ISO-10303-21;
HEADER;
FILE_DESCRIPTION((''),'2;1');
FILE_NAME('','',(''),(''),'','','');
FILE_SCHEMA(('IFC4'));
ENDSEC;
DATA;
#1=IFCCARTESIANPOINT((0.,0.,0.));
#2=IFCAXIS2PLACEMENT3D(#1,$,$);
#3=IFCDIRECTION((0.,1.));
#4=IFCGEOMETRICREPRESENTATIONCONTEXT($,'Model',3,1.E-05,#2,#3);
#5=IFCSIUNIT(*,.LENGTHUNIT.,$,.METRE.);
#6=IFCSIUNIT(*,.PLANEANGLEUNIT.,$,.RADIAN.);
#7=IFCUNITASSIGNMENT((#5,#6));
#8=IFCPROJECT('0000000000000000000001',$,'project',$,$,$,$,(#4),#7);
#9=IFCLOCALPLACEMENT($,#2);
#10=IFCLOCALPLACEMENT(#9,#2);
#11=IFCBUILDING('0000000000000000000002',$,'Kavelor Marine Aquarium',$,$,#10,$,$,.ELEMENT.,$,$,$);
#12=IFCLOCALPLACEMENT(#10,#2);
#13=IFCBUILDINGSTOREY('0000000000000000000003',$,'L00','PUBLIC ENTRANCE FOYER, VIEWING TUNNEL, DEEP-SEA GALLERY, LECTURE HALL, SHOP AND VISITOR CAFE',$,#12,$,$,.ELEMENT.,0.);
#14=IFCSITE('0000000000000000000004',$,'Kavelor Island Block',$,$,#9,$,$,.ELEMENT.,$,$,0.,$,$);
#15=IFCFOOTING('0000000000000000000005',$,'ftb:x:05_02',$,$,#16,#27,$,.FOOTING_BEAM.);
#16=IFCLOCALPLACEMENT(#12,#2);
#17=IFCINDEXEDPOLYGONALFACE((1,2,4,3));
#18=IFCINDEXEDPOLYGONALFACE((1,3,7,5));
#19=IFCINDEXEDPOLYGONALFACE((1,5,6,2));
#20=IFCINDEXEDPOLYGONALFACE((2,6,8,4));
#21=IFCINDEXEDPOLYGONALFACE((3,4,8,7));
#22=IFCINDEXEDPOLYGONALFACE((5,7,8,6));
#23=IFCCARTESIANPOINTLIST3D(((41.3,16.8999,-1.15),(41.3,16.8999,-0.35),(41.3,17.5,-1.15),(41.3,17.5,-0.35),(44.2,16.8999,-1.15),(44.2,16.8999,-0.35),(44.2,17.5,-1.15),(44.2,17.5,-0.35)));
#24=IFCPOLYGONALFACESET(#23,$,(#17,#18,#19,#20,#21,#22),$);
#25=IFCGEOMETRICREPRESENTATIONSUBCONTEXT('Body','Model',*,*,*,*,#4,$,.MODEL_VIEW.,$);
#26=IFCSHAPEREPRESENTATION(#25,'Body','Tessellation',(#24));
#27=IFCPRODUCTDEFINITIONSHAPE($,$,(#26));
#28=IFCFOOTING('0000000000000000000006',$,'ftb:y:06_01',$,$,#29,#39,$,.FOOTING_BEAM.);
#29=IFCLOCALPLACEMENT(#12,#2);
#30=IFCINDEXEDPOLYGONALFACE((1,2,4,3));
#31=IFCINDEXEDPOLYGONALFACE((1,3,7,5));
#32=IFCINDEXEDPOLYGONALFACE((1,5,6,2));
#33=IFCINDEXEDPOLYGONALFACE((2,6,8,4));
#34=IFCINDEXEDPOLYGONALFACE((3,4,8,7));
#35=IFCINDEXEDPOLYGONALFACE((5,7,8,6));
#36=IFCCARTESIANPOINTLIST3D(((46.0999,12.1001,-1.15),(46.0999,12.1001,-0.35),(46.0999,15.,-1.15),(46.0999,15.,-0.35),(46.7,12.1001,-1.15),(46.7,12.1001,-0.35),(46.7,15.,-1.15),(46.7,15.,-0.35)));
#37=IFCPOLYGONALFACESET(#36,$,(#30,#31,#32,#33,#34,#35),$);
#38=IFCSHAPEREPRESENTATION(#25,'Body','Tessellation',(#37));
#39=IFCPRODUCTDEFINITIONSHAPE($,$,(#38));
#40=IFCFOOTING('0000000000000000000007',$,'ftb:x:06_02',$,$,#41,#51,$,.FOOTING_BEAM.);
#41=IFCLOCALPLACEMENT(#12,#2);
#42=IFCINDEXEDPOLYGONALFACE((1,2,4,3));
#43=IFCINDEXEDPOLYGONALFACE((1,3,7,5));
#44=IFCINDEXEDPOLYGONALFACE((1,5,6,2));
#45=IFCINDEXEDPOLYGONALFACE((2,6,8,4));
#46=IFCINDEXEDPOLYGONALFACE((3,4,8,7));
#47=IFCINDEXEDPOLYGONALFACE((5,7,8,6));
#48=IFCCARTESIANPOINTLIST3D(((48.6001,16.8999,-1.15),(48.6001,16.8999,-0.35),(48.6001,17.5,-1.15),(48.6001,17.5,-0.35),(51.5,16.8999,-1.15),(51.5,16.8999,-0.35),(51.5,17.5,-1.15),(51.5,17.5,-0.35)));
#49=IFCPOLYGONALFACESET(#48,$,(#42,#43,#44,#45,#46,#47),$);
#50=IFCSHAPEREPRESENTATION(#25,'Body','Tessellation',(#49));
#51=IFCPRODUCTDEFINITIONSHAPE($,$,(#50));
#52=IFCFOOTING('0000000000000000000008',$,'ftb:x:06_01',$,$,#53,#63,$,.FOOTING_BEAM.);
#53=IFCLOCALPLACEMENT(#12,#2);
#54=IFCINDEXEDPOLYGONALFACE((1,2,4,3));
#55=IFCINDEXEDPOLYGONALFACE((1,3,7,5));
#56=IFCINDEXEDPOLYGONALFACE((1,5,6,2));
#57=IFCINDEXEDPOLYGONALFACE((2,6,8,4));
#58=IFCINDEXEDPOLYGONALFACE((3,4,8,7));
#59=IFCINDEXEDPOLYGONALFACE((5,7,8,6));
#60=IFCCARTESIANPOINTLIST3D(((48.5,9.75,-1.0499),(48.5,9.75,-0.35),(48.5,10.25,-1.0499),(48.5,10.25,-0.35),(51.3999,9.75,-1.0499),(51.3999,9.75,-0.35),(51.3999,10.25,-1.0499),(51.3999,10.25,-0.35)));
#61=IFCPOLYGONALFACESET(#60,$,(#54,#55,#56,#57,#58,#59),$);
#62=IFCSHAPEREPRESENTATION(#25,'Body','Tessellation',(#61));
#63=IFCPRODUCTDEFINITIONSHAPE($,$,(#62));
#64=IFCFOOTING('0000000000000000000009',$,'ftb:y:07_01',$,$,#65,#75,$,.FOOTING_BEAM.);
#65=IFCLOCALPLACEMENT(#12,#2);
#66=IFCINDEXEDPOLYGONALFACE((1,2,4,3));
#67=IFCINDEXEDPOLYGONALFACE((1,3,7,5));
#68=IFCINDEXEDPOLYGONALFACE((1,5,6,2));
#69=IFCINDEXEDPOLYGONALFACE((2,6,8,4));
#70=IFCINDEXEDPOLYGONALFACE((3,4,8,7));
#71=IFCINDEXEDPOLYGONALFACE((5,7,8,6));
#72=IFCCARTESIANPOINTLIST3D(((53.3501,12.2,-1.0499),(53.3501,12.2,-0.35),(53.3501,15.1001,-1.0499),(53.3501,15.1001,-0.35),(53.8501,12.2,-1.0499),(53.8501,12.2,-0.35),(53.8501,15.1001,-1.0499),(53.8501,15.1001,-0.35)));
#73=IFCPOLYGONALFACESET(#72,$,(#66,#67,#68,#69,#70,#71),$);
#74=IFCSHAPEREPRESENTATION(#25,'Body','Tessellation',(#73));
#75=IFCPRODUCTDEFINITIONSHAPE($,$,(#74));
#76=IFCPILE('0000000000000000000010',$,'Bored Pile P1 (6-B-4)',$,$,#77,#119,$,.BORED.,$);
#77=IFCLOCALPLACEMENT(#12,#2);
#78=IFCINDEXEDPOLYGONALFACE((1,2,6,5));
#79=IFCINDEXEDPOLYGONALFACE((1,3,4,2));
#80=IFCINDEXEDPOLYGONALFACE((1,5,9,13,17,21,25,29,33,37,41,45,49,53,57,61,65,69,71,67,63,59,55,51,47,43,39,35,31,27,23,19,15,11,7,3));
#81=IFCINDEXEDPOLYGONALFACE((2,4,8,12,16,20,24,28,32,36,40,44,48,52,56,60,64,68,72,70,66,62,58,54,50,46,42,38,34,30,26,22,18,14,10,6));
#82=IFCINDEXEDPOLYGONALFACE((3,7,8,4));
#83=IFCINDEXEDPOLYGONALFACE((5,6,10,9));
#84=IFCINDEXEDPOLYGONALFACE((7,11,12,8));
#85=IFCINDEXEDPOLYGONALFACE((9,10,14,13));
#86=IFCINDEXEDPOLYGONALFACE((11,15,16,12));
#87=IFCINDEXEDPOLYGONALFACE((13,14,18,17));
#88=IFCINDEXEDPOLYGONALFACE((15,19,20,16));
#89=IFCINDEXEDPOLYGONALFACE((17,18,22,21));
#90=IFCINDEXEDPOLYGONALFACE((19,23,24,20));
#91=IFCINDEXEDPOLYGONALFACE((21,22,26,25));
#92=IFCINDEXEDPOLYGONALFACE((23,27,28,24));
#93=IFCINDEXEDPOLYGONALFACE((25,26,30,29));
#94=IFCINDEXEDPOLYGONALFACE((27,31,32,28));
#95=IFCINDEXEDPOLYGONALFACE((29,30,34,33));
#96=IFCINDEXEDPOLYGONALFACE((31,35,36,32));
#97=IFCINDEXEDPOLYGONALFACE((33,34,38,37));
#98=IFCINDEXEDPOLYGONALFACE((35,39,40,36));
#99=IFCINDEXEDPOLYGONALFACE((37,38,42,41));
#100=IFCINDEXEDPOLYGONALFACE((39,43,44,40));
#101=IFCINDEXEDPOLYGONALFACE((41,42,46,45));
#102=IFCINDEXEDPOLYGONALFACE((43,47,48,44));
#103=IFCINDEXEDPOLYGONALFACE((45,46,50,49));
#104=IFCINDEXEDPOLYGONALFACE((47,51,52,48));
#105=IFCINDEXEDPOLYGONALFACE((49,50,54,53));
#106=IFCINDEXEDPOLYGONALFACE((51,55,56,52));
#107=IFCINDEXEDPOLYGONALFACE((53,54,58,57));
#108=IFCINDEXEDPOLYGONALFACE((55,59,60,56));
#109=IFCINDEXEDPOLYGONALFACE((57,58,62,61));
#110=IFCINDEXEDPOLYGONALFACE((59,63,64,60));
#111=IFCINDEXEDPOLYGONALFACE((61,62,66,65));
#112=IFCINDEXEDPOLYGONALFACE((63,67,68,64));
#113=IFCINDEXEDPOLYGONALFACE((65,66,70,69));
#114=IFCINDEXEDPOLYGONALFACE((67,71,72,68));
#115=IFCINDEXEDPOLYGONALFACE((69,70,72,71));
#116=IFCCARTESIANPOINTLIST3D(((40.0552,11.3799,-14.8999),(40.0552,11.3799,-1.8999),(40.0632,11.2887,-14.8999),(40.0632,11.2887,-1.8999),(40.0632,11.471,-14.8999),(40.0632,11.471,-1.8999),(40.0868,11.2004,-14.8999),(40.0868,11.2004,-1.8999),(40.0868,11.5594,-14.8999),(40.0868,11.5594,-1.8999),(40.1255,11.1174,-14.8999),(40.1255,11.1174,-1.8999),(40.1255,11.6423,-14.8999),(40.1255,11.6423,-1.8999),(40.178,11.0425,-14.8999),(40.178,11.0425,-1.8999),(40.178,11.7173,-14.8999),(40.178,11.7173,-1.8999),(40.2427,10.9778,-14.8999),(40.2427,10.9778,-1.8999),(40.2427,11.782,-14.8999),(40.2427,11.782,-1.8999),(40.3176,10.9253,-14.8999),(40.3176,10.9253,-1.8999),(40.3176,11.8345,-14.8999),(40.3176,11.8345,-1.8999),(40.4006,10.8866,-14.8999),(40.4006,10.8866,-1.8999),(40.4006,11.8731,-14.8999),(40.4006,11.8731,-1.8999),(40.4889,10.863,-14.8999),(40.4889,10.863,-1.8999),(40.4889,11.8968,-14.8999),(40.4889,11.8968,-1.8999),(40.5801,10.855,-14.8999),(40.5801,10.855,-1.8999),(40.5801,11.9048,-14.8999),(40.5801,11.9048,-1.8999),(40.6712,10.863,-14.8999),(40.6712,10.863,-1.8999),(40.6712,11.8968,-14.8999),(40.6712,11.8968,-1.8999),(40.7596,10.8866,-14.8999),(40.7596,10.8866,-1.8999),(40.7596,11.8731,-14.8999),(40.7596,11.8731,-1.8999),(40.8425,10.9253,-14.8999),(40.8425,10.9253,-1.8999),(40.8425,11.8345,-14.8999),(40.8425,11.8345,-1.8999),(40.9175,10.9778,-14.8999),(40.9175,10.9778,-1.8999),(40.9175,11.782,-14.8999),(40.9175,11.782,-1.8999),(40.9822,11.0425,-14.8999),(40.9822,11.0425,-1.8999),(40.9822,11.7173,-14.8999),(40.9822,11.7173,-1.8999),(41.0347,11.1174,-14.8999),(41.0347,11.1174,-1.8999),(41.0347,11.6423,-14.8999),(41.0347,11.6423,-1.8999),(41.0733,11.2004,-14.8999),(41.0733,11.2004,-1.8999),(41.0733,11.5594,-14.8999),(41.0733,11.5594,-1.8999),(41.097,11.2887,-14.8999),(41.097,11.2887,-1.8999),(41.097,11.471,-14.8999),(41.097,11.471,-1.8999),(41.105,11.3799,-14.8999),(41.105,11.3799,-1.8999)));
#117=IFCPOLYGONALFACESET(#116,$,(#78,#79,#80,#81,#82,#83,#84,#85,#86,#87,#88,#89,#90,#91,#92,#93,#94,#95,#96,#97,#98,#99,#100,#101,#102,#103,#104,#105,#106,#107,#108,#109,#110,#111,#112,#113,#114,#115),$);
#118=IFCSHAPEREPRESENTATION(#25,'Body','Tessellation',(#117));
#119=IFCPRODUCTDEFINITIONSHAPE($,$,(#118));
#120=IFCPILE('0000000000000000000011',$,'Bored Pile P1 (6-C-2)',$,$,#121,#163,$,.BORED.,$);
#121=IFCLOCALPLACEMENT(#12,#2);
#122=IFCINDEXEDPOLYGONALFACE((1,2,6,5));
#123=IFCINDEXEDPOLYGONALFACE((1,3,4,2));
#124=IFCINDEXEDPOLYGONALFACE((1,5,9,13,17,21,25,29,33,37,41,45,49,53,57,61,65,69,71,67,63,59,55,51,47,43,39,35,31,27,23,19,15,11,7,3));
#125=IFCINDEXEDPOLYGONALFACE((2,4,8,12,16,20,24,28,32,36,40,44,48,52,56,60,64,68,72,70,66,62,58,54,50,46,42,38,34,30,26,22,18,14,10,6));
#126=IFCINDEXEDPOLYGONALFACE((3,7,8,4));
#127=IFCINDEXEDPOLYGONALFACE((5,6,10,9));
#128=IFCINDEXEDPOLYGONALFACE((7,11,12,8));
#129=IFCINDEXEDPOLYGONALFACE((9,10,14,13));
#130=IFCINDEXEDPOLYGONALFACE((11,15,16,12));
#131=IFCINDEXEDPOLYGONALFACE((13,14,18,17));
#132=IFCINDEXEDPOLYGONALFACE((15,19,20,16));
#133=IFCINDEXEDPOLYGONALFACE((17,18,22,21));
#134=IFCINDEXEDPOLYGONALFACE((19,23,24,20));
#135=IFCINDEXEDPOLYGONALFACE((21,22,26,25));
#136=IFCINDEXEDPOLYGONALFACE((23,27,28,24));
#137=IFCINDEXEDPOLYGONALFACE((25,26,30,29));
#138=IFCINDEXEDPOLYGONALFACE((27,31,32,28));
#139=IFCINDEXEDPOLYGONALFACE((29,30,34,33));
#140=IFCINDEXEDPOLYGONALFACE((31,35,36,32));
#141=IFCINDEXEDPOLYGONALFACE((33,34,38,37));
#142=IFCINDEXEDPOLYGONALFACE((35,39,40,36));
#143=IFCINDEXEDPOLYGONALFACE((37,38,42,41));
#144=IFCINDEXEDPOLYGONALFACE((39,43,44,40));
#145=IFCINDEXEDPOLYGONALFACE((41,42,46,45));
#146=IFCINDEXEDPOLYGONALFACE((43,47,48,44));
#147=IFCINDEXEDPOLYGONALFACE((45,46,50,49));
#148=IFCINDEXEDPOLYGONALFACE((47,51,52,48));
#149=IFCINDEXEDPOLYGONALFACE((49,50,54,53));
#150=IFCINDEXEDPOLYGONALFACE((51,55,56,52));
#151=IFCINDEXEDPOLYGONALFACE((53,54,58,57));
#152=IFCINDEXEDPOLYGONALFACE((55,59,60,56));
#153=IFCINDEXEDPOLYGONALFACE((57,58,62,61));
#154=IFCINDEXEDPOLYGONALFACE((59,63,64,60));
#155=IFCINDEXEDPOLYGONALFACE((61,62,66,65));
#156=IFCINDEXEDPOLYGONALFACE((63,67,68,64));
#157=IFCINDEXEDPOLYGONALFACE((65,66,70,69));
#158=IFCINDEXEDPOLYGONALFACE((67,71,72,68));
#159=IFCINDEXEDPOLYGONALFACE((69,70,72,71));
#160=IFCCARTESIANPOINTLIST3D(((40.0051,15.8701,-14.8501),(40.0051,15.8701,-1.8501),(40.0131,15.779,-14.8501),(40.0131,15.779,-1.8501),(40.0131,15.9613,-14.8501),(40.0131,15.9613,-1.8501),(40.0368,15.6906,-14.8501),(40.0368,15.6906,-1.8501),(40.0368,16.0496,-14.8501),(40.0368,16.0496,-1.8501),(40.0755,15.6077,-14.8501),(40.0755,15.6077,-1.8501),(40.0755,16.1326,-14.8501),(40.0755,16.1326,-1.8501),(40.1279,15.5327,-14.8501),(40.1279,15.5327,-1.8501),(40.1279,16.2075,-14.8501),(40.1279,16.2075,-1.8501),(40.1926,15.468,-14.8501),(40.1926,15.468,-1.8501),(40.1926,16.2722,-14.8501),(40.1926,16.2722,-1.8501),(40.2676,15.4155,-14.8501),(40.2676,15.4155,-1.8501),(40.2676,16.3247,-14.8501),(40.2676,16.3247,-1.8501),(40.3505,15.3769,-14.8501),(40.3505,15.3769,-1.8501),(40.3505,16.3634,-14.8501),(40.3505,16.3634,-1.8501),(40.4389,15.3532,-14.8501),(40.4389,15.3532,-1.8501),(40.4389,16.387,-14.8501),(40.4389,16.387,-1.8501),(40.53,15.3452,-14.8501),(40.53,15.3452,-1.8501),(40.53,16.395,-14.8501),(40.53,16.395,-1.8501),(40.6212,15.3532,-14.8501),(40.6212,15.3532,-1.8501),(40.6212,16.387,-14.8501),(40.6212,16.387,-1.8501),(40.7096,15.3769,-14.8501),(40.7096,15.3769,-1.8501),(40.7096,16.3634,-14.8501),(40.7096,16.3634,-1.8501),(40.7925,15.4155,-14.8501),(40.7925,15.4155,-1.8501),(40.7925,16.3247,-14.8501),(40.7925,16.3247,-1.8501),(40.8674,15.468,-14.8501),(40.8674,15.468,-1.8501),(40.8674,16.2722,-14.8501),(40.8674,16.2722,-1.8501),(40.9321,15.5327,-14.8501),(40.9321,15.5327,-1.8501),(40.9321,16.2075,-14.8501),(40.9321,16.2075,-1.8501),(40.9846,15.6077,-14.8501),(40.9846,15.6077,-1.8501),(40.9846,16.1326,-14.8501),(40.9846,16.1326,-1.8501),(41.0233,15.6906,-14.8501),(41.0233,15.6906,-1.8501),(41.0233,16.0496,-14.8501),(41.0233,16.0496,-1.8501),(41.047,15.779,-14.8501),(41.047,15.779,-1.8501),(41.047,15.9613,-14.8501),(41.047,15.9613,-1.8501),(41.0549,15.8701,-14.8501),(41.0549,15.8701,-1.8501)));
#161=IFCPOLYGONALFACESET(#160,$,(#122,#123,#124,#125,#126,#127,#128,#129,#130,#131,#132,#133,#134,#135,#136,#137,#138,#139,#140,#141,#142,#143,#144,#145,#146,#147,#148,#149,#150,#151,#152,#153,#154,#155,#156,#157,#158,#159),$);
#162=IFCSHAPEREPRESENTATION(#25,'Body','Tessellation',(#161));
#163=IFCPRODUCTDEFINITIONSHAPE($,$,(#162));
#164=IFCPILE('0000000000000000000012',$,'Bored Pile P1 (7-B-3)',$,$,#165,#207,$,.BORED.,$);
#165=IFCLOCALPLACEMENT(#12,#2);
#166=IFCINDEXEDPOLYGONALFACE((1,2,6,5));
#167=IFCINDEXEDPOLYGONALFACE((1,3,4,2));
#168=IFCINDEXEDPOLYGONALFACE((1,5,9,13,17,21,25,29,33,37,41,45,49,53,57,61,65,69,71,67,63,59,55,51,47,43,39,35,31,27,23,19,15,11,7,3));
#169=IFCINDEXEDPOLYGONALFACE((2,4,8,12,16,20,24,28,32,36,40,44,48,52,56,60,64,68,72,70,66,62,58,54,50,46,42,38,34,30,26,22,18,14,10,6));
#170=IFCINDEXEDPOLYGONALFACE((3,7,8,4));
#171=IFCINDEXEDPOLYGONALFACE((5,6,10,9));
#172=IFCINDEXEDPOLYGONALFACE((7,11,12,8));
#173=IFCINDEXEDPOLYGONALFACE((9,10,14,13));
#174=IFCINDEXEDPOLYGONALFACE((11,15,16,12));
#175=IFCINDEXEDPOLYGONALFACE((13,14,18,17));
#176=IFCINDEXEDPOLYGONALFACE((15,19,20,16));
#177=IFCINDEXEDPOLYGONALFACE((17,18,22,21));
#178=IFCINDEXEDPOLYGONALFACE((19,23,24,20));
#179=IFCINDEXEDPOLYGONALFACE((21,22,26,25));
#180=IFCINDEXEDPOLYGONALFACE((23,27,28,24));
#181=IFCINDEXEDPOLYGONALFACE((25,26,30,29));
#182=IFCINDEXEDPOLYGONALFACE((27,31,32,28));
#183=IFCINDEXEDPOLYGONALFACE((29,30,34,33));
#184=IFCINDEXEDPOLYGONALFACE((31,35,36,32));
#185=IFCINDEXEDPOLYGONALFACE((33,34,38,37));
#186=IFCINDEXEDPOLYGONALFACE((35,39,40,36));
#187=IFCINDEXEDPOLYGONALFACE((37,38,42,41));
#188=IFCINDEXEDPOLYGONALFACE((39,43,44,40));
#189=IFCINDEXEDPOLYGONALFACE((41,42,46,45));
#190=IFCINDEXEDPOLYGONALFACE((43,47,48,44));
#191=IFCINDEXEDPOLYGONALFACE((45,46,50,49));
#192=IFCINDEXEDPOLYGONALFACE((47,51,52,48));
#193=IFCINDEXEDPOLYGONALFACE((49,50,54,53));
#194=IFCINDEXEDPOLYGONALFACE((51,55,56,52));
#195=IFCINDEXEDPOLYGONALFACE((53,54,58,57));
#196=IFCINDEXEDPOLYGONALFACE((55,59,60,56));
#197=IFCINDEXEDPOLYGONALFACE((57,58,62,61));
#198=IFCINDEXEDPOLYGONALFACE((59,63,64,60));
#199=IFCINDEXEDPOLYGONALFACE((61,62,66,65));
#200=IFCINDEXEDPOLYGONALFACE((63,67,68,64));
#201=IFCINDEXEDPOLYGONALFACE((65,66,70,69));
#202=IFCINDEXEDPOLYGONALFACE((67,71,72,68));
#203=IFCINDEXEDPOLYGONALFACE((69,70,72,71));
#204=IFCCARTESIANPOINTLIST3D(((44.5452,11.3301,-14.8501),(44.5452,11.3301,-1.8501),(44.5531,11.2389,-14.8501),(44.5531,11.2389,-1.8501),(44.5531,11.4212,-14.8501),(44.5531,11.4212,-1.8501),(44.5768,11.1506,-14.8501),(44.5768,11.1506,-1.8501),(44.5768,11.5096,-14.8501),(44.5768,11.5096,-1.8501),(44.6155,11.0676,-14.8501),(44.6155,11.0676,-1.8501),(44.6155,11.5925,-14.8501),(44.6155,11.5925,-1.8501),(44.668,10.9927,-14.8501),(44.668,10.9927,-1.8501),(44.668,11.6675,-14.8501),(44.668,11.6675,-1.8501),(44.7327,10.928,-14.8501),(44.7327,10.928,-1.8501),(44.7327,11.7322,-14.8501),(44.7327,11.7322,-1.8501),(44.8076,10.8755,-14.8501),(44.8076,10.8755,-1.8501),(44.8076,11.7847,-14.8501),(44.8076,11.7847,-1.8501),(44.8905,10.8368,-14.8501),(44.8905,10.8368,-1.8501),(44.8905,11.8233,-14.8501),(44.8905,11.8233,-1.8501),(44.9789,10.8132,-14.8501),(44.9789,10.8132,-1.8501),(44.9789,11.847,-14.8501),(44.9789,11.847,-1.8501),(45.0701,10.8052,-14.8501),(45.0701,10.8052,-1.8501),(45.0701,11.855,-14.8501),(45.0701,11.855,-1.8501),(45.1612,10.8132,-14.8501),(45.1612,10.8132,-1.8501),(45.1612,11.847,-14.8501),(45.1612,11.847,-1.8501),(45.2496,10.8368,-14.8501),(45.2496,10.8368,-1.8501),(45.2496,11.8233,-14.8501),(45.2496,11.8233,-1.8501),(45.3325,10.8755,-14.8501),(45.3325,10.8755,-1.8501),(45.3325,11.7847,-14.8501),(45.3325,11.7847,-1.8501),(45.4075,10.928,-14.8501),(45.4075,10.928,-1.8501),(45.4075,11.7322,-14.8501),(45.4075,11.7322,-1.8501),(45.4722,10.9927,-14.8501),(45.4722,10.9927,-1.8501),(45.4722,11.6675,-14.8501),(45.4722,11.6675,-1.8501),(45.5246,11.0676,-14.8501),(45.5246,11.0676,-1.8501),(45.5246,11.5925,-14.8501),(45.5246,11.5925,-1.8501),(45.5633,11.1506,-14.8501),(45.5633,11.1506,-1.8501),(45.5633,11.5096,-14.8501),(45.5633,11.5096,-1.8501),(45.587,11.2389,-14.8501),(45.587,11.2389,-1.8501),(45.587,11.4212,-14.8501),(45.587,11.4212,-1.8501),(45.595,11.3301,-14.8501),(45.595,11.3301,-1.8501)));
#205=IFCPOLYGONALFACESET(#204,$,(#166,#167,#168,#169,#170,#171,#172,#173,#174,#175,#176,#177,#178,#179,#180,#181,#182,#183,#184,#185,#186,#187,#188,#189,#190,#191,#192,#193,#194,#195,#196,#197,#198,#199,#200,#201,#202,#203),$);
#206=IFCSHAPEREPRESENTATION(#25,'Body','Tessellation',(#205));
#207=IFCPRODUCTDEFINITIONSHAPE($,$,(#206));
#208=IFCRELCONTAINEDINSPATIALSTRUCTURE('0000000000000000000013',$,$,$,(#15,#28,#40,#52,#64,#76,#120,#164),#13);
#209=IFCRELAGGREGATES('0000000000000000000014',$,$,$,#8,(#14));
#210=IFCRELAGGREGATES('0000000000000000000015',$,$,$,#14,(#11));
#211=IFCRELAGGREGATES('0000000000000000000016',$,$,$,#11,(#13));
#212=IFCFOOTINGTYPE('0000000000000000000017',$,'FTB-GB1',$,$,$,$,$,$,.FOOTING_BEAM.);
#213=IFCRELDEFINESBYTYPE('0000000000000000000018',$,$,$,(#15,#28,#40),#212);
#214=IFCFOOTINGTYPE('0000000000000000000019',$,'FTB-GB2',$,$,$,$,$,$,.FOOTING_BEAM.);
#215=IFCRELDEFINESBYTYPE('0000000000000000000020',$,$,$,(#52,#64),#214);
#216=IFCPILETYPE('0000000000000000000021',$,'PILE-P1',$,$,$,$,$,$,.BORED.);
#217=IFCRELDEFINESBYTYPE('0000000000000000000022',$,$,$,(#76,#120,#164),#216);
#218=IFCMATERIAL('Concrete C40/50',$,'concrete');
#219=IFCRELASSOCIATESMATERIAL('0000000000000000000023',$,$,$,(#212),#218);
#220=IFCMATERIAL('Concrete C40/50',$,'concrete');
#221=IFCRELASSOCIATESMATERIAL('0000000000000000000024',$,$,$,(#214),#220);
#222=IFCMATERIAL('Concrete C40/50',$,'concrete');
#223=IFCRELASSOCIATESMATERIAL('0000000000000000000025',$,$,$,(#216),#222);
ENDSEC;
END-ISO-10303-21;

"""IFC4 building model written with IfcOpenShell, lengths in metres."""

from ifc_helpers import new_model, si_unit, direction, frame, origin, origin_2d, place, context, subcontext, project, spatial, rectangle, circle, extrude, material, material_profile, profile_set, type_object, element, save


model = new_model("IFC4")

# Units and contexts
model_context = context("Model", 3, precision=1e-05, world=origin(), true_north=direction((0.0, 1.0)))
body_context = subcontext(model_context, "Body", "Model", "MODEL_VIEW")
ifc_project = project(units=[si_unit("LENGTHUNIT", "METRE"), si_unit("PLANEANGLEUNIT", "RADIAN")], contexts=[model_context])

# Site, building, storey
site_placement = place(None, origin())
site = spatial("IfcSite", under=ifc_project, at=site_placement, Name="Kavelor Island Block", CompositionType="ELEMENT", RefElevation=0.0)
building_placement = place(site_placement, origin())
building = spatial("IfcBuilding", under=site, at=building_placement, Name="Kavelor Marine Aquarium", CompositionType="ELEMENT")
storey_placement = place(building_placement, origin())
storey = spatial("IfcBuildingStorey", under=building, at=storey_placement, Name="L00", Description="PUBLIC ENTRANCE FOYER, VIEWING TUNNEL, DEEP-SEA GALLERY, LECTURE HALL, SHOP AND VISITOR CAFE", CompositionType="ELEMENT", Elevation=0.0)

# Footings
ifc_material_1 = material(Name="Concrete C40/50", Category="concrete")
ifc_material_profile_1 = material_profile(ifc_material_1, rectangle(XDim=0.6001, YDim=0.8, at=origin_2d()), Name="GB 600x800")
ifc_profile_set_1 = profile_set([ifc_material_profile_1], Name="Concrete C40/50")
footing_type_1 = type_object("IfcFootingType", Name="FTB-GB1", PredefinedType="FOOTING_BEAM", material=ifc_profile_set_1)
for number, where, z_axis, x_axis, name in (
    (1, (41.3, 17.2, -0.75), (1.0, 0.0, 0.0), (0.0, 1.0, 0.0), "ftb:x:05_02"),
    (2, (46.3999, 12.1001, -0.75), (0.0, 1.0, 0.0), (-1.0, 0.0, 0.0), "ftb:y:06_01"),
    (3, (48.6001, 17.2, -0.75), (1.0, 0.0, 0.0), (0.0, 1.0, 0.0), "ftb:x:06_02"),
):
    element("IfcFooting", number, at=place(storey_placement, frame(where, z_axis=z_axis, x_axis=x_axis)), inside=storey, type_object=footing_type_1, Name=name, PredefinedType="FOOTING_BEAM", context=body_context, shape_type="SweptSolid", body=[
        extrude(rectangle(XDim=0.6001, YDim=0.8, at=origin_2d()), origin(), (0.0, 0.0, 1.0), 2.8999),
    ])
ifc_material_2 = material(Name="Concrete C40/50", Category="concrete")
ifc_material_profile_2 = material_profile(ifc_material_2, rectangle(XDim=0.5, YDim=0.7, at=origin_2d()), Name="GB 500x700")
ifc_profile_set_2 = profile_set([ifc_material_profile_2], Name="Concrete C40/50")
footing_type_2 = type_object("IfcFootingType", Name="FTB-GB2", PredefinedType="FOOTING_BEAM", material=ifc_profile_set_2)
footing_1_placement = place(storey_placement, frame((48.5, 10.0, -0.7), z_axis=(1.0, 0.0, 0.0), x_axis=(0.0, 1.0, 0.0)))
element("IfcFooting", 4, at=footing_1_placement, inside=storey, type_object=footing_type_2, Name="ftb:x:06_01", PredefinedType="FOOTING_BEAM", context=body_context, shape_type="SweptSolid", body=[
    extrude(rectangle(XDim=0.5, YDim=0.7, at=origin_2d()), origin(), (0.0, 0.0, 1.0), 2.8999),
])
footing_2_placement = place(storey_placement, frame((53.6001, 12.2, -0.7), z_axis=(0.0, 1.0, 0.0), x_axis=(-1.0, 0.0, 0.0)))
element("IfcFooting", 5, at=footing_2_placement, inside=storey, type_object=footing_type_2, Name="ftb:y:07_01", PredefinedType="FOOTING_BEAM", context=body_context, shape_type="SweptSolid", body=[
    extrude(rectangle(XDim=0.5, YDim=0.7, at=origin_2d()), origin(), (0.0, 0.0, 1.0), 2.9001),
])

# Piles
ifc_material_3 = material(Name="Concrete C40/50", Category="concrete")
ifc_material_profile_3 = material_profile(ifc_material_3, circle(Radius=0.5249, at=origin_2d()), Name="PILE D1050")
ifc_profile_set_3 = profile_set([ifc_material_profile_3], Name="Concrete C40/50")
pile_type = type_object("IfcPileType", Name="PILE-P1", PredefinedType="BORED", material=ifc_profile_set_3)
for number, where, z_axis, x_axis, name in (
    (6, (40.5801, 11.3799, -1.8999), (0.0, 0.0, -1.0), (1.0, 0.0, 0.0), "Bored Pile P1 (6-B-4)"),
    (7, (40.53, 15.8701, -1.8501), (0.0, 0.0, -1.0), (1.0, 0.0, 0.0), "Bored Pile P1 (6-C-2)"),
    (8, (45.0701, 11.3301, -1.8501), (0.0, 0.0, -1.0), (1.0, 0.0, 0.0), "Bored Pile P1 (7-B-3)"),
):
    element("IfcPile", number, at=place(storey_placement, frame(where, z_axis=z_axis, x_axis=x_axis)), inside=storey, type_object=pile_type, Name=name, PredefinedType="BORED", context=body_context, shape_type="SweptSolid", body=[
        extrude(circle(Radius=0.5249, at=origin_2d()), origin(), (0.0, 0.0, 1.0), 13.0),
    ])

save(model, "model.ifc")
